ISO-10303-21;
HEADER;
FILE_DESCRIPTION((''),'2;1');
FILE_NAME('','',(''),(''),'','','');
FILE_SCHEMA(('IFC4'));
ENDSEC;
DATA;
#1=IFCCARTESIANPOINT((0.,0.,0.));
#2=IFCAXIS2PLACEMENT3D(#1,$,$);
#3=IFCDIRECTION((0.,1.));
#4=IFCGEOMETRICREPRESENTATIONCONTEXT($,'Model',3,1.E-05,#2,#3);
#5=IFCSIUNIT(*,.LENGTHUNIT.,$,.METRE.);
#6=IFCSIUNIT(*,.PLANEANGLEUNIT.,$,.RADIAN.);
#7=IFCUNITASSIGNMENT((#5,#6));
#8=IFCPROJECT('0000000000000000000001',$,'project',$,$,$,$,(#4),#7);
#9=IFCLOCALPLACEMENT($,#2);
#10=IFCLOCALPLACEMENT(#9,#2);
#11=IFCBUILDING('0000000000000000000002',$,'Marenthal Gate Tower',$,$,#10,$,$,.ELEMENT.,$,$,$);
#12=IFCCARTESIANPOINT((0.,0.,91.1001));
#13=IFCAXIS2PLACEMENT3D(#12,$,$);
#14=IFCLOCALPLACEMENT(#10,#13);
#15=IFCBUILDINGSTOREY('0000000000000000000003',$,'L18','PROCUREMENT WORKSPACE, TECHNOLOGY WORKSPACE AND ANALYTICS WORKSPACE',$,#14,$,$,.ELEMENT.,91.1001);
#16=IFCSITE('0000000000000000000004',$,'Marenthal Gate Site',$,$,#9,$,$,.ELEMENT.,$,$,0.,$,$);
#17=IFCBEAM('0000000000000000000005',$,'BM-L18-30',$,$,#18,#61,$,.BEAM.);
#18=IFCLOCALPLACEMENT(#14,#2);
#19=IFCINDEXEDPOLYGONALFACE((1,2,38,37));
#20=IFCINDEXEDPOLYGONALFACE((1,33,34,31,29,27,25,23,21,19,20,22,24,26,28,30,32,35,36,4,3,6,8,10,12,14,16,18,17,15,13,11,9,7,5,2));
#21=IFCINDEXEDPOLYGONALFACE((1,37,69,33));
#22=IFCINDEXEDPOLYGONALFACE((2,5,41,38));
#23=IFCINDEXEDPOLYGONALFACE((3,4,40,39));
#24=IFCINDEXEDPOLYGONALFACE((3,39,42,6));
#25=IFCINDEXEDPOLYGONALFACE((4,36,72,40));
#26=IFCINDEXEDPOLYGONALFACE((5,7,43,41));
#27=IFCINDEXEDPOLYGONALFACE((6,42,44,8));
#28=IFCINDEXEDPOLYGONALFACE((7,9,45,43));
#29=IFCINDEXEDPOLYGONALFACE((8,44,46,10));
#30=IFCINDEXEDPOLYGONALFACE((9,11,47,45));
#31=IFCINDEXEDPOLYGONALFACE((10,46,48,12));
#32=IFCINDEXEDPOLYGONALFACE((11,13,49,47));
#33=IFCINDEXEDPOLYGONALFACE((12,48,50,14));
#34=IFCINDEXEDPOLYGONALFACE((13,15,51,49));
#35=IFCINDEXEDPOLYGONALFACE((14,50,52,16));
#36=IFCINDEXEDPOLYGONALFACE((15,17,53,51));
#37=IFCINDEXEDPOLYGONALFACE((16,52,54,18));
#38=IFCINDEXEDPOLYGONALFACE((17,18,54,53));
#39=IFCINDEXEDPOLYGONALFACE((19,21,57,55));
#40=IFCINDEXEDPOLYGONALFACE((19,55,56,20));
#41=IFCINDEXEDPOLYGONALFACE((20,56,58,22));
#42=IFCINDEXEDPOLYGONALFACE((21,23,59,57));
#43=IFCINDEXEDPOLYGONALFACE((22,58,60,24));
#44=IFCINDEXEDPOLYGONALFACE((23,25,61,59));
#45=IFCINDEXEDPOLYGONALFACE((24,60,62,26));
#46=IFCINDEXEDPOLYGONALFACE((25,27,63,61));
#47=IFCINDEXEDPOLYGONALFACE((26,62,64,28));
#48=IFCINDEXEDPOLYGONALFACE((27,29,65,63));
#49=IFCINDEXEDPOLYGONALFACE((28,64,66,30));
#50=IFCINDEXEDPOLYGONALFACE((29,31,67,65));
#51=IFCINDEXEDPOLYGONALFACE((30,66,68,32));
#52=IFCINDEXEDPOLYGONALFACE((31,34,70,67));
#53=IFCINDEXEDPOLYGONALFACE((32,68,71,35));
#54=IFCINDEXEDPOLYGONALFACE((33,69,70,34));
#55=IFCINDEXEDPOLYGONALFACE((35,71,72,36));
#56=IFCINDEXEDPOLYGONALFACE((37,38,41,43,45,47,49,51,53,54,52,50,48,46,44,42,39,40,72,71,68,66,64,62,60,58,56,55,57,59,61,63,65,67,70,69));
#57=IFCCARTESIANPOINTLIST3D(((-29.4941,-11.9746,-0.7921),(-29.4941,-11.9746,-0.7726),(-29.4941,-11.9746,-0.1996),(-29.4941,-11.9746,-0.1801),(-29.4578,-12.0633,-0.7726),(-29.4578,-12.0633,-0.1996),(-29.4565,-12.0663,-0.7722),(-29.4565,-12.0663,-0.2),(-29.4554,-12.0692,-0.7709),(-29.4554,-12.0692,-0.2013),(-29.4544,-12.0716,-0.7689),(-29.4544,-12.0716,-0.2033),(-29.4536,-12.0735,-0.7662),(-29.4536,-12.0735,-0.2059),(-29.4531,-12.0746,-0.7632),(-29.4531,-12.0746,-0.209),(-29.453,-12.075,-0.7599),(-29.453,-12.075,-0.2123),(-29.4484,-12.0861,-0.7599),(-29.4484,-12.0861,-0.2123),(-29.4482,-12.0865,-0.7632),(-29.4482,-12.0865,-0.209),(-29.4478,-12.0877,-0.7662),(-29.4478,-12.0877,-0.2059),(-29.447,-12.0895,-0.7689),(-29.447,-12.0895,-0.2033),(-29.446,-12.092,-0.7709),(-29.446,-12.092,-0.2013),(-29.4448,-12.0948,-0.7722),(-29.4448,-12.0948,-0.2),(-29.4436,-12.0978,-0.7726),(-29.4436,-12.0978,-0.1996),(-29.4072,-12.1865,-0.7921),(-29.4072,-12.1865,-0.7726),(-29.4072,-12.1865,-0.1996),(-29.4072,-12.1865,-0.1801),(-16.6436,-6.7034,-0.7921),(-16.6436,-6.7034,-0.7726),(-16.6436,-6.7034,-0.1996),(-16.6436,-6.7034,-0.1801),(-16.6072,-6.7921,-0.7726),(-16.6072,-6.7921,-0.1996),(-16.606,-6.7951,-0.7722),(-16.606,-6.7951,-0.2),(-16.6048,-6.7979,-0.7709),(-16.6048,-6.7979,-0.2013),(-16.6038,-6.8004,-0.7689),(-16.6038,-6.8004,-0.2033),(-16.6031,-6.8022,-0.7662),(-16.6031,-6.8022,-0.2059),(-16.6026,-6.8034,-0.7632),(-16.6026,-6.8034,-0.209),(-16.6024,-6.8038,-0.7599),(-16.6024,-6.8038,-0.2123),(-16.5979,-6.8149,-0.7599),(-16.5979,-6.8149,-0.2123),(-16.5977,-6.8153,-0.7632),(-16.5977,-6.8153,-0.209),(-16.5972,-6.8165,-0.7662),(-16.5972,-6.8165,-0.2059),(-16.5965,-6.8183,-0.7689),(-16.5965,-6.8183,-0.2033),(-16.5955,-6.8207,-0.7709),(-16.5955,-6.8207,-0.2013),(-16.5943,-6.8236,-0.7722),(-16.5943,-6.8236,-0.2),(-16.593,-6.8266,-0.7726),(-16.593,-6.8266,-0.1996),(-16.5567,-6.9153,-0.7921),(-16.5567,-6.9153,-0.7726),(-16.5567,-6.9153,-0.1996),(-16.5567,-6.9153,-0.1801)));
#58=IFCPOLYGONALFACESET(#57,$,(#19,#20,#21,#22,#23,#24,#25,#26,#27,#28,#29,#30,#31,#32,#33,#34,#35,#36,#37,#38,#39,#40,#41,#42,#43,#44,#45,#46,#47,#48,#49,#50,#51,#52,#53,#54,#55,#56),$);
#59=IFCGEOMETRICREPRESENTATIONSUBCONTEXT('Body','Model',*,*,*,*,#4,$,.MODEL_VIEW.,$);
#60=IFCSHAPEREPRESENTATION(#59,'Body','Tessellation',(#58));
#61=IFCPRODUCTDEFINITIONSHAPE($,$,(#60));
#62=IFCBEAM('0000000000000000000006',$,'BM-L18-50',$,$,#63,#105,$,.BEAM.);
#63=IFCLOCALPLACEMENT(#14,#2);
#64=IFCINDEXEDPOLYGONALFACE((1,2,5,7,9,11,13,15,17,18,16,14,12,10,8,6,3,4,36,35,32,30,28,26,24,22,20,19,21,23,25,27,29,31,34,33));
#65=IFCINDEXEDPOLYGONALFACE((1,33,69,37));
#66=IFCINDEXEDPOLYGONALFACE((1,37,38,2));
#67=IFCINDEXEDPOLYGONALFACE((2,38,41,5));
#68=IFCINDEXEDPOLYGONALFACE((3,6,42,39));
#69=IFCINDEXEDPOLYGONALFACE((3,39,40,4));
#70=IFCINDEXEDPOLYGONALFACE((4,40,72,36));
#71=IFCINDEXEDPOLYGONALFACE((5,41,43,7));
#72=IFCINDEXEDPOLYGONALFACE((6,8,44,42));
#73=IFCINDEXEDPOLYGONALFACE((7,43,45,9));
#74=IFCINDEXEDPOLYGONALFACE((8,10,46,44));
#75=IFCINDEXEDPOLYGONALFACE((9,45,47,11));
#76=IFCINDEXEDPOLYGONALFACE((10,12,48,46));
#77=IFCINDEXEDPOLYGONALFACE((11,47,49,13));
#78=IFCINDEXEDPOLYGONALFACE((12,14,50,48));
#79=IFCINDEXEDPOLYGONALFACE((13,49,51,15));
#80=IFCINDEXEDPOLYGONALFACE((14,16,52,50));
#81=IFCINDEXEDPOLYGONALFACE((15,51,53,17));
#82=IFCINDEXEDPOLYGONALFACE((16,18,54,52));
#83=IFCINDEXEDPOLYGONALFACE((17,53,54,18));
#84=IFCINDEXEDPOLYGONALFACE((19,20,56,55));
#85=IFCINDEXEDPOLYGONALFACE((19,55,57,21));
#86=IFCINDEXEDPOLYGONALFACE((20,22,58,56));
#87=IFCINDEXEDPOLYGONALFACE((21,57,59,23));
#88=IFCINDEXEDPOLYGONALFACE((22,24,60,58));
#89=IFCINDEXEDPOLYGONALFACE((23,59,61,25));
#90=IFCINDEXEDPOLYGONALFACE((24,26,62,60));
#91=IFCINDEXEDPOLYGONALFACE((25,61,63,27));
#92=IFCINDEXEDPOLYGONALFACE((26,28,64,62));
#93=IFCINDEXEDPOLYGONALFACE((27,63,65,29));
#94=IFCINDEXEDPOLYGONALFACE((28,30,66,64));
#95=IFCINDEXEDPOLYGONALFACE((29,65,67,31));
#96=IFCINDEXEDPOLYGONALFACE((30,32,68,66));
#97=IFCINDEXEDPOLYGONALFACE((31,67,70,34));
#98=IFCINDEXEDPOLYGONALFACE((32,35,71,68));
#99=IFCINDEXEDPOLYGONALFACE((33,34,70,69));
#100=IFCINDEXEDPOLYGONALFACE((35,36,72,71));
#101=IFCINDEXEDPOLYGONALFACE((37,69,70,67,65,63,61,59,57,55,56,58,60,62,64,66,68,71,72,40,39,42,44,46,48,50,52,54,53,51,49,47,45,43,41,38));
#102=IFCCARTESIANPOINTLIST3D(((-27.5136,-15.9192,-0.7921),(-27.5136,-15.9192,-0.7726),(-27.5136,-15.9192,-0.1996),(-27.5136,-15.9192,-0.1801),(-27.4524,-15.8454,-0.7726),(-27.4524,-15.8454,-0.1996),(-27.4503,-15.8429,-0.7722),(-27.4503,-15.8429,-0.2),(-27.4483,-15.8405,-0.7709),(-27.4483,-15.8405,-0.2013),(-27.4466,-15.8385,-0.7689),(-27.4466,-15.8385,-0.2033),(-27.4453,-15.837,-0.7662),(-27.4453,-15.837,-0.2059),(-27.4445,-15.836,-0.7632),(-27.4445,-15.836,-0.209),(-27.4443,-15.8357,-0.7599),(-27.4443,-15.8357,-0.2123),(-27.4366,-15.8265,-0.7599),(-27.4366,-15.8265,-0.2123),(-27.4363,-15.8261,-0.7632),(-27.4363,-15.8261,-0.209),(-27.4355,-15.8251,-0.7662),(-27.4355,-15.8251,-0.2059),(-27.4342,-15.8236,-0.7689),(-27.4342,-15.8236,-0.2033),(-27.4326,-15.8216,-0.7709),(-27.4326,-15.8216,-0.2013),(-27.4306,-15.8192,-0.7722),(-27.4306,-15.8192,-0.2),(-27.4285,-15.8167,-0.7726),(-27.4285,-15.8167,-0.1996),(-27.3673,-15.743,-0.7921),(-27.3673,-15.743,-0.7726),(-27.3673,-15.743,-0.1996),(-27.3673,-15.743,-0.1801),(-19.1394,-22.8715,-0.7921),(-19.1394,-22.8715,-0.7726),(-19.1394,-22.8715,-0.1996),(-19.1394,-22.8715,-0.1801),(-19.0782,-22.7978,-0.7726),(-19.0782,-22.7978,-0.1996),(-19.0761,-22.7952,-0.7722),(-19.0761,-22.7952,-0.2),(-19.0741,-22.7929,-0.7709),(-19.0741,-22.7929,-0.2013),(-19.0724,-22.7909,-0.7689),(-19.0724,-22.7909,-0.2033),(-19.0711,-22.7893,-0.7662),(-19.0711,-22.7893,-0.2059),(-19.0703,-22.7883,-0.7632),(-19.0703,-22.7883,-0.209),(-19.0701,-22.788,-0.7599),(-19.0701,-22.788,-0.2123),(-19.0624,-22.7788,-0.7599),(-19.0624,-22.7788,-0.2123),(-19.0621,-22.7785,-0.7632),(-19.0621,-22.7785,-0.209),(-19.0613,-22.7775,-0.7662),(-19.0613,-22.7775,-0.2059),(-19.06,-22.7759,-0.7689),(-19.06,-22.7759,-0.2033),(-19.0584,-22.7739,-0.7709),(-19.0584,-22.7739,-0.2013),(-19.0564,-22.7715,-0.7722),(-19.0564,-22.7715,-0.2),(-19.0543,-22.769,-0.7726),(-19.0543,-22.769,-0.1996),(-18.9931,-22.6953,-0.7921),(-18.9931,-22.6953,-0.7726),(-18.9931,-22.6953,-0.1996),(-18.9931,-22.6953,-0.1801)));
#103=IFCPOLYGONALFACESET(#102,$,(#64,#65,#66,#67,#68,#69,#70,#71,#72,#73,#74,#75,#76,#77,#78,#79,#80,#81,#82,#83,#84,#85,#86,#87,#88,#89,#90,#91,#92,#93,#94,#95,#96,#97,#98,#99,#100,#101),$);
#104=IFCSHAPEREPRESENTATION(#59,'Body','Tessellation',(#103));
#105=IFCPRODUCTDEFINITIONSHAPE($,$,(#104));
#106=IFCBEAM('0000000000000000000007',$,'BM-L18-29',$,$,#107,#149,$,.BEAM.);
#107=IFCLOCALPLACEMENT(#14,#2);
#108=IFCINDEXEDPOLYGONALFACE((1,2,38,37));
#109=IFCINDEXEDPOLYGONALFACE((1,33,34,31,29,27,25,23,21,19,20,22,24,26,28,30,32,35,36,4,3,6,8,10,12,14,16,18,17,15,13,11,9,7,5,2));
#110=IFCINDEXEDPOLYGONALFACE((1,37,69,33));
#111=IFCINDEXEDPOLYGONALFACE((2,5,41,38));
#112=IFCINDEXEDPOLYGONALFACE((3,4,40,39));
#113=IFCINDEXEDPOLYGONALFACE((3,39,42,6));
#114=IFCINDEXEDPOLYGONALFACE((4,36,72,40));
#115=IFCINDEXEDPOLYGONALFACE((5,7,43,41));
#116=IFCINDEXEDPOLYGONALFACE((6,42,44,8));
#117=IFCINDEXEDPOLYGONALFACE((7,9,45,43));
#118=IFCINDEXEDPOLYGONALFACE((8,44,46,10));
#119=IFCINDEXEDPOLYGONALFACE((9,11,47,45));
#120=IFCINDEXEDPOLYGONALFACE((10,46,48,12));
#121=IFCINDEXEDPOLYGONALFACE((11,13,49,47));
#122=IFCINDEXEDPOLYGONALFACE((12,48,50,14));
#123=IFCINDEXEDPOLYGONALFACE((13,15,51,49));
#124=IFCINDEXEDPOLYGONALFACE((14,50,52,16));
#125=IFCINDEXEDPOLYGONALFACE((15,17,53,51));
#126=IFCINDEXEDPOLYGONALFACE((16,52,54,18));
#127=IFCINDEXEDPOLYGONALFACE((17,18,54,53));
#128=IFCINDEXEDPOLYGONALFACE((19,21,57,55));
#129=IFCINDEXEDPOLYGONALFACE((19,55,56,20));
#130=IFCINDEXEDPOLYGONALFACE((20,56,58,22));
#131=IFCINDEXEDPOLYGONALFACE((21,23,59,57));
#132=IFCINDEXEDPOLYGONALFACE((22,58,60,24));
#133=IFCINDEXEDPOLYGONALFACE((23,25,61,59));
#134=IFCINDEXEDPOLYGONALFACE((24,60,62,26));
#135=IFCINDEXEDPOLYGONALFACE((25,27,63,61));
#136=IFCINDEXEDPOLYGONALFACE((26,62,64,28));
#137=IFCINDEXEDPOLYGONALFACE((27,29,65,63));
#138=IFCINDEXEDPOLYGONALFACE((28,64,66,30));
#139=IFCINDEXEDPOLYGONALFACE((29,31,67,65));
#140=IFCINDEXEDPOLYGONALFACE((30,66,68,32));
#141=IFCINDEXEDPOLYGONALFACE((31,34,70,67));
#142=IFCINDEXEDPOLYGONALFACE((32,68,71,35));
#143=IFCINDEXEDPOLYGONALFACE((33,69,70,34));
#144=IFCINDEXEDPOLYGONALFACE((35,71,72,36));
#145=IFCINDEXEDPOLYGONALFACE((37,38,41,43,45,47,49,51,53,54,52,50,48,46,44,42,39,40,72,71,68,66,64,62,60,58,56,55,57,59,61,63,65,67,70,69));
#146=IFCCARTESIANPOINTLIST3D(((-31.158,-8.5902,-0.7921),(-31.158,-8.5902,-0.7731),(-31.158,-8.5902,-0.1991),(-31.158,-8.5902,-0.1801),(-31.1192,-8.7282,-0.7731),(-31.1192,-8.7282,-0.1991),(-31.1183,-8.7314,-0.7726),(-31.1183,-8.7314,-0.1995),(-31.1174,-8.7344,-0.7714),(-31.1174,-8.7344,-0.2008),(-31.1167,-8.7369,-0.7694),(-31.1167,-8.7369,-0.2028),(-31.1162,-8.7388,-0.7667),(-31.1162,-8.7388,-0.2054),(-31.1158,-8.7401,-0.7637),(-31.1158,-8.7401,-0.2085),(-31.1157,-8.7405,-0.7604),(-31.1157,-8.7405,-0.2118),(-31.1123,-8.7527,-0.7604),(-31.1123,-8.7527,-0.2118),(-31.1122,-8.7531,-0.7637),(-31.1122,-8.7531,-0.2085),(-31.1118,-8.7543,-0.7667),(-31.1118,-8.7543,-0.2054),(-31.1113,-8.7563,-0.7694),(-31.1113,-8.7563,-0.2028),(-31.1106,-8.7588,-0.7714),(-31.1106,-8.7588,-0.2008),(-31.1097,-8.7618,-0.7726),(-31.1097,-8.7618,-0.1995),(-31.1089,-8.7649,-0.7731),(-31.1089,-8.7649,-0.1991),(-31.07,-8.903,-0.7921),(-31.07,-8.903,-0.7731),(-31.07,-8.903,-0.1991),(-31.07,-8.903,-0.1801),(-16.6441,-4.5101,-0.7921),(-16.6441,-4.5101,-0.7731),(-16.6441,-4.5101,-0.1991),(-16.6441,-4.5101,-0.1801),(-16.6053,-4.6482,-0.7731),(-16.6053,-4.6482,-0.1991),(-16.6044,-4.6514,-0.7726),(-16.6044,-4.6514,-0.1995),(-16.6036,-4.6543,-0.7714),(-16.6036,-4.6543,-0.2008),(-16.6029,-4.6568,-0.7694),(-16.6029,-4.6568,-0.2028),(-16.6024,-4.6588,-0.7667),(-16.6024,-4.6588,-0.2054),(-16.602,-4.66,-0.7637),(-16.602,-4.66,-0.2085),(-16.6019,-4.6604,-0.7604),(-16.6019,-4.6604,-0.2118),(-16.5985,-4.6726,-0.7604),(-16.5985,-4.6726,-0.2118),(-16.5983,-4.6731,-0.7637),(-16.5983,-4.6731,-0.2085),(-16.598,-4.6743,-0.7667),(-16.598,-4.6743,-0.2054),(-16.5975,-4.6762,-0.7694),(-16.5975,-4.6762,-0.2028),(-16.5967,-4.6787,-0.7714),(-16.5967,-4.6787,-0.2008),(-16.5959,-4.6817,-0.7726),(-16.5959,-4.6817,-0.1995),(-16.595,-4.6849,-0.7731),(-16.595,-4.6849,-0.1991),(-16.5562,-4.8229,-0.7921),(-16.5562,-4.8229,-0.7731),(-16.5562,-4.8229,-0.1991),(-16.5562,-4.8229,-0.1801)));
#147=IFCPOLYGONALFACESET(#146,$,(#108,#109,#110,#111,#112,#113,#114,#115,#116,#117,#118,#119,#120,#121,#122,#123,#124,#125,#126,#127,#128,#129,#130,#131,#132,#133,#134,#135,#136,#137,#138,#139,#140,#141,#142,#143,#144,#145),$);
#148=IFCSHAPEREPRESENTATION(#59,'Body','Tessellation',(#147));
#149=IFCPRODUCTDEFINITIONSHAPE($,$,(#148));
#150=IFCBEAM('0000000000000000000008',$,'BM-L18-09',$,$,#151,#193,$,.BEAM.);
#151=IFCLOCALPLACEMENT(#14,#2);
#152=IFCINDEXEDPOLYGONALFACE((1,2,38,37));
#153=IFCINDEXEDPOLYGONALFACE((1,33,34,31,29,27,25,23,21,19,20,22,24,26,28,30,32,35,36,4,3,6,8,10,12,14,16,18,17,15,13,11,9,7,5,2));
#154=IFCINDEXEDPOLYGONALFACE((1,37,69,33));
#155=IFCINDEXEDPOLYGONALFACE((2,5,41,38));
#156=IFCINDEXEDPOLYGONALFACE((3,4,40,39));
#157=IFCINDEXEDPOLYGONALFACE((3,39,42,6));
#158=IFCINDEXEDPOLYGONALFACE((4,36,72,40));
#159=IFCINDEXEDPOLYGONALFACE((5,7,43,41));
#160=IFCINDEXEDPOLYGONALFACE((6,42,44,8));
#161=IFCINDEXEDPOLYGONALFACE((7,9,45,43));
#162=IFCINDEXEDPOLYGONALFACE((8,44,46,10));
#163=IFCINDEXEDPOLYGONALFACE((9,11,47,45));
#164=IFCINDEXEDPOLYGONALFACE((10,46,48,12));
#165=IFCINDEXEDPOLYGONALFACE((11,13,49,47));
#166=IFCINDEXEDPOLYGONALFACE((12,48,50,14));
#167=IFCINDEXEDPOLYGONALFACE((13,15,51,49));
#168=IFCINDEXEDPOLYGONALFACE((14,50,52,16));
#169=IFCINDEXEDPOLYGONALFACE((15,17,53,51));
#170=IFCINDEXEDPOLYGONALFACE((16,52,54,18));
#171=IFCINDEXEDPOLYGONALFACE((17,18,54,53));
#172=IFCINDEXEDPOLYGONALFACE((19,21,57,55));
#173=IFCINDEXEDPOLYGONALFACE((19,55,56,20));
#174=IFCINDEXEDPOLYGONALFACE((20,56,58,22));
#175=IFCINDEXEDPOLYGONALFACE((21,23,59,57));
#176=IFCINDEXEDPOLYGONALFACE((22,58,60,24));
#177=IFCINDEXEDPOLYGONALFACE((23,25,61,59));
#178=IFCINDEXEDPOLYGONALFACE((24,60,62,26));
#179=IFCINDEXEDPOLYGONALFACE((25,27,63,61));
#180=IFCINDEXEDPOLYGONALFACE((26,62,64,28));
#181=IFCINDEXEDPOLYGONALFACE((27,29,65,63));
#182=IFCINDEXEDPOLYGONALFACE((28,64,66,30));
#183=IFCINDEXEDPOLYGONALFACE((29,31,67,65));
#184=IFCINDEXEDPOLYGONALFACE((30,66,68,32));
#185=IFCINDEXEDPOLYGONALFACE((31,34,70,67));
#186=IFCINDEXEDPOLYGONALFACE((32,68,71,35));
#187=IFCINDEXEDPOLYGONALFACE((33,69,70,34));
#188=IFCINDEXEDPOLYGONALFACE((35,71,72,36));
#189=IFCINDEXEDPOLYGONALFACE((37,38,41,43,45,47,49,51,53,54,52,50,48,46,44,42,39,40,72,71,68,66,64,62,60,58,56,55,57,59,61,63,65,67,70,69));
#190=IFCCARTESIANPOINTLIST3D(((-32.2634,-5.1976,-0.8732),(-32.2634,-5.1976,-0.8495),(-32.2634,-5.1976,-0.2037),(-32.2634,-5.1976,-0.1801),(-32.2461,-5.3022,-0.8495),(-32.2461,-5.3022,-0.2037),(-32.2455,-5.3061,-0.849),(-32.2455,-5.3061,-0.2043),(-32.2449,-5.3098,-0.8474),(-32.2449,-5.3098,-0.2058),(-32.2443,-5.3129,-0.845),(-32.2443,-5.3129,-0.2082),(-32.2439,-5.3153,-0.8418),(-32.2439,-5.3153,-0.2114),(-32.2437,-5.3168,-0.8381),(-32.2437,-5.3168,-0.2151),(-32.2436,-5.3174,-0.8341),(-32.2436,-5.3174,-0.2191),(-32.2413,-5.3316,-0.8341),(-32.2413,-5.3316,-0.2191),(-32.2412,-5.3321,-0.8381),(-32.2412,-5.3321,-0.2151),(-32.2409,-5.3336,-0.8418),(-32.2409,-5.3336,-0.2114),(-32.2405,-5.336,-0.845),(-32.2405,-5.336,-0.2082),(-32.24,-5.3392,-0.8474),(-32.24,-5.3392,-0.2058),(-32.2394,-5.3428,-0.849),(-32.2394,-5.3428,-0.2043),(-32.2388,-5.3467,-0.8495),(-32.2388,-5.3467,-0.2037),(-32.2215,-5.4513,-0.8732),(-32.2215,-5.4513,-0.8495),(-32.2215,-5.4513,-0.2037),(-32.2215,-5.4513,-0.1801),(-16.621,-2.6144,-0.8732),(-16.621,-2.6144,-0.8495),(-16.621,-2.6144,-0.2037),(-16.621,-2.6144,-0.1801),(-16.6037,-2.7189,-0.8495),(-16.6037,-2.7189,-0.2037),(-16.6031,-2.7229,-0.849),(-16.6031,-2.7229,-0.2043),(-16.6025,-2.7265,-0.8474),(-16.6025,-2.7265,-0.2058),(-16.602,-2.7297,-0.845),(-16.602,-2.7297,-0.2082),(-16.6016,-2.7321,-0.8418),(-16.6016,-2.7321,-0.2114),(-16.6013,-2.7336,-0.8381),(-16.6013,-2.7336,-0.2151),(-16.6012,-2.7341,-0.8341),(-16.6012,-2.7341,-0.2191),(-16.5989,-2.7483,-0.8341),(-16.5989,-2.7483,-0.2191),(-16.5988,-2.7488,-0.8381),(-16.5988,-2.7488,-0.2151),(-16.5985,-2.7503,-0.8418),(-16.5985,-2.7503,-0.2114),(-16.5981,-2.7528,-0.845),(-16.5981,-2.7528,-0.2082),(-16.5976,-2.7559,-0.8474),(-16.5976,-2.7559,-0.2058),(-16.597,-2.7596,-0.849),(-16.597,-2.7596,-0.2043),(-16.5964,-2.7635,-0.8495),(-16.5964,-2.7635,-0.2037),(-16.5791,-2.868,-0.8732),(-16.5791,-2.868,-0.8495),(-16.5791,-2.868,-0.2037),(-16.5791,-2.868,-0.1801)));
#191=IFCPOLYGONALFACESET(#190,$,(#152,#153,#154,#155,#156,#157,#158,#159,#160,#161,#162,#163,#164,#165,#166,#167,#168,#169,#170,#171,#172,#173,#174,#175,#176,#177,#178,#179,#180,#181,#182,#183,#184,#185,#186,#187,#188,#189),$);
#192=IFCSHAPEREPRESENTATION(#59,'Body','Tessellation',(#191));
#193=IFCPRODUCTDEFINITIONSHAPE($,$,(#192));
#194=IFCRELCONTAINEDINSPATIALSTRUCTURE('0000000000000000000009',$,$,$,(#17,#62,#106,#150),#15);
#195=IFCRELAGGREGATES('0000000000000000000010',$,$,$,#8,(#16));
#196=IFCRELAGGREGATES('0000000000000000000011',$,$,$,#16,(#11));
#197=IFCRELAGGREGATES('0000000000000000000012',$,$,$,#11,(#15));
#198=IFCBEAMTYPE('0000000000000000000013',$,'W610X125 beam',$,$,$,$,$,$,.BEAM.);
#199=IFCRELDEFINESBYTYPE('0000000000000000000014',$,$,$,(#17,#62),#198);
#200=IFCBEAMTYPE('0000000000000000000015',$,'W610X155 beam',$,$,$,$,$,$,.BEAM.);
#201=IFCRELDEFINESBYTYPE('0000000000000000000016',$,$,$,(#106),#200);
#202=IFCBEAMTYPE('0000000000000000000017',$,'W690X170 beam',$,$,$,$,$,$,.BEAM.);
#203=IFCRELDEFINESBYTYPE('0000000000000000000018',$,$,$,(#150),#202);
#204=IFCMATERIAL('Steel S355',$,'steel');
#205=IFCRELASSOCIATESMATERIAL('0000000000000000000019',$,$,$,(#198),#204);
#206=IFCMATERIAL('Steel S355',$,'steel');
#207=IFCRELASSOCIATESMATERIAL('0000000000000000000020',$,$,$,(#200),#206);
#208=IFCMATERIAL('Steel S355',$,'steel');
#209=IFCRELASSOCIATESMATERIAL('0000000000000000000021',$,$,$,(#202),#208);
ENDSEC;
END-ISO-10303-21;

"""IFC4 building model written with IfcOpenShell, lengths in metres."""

from ifc_helpers import new_model, si_unit, direction, frame, origin, origin_2d, place, context, subcontext, project, spatial, i_section, extrude, material, material_profile, profile_set, type_object, element, save


model = new_model("IFC4")

# Units and contexts
model_context = context("Model", 3, precision=1e-05, world=origin(), true_north=direction((0.0, 1.0)))
body_context = subcontext(model_context, "Body", "Model", "MODEL_VIEW")
ifc_project = project(units=[si_unit("LENGTHUNIT", "METRE"), si_unit("PLANEANGLEUNIT", "RADIAN")], contexts=[model_context])

# Site, building, storey
site_placement = place(None, origin())
site = spatial("IfcSite", under=ifc_project, at=site_placement, Name="Marenthal Gate Site", CompositionType="ELEMENT", RefElevation=0.0)
building_placement = place(site_placement, origin())
building = spatial("IfcBuilding", under=site, at=building_placement, Name="Marenthal Gate Tower", CompositionType="ELEMENT")
storey_placement = place(building_placement, frame((0.0, 0.0, 91.1001)))
storey = spatial("IfcBuildingStorey", under=building, at=storey_placement, Name="L18", Description="PROCUREMENT WORKSPACE, TECHNOLOGY WORKSPACE AND ANALYTICS WORKSPACE", CompositionType="ELEMENT", Elevation=91.1001)

# Beams
ifc_material_1 = material(Name="Steel S355", Category="steel")
ifc_material_profile_1 = material_profile(ifc_material_1, i_section(OverallWidth=0.229, OverallDepth=0.6121, WebThickness=0.012, FlangeThickness=0.0195, FilletRadius=0.0127, at=origin_2d()), Name="W610X125")
ifc_profile_set_1 = profile_set([ifc_material_profile_1], Name="Steel S355")
beam_type_1 = type_object("IfcBeamType", Name="W610X125 beam", PredefinedType="BEAM", material=ifc_profile_set_1)
beam_1_placement = place(storey_placement, frame((-29.4507, -12.0806, -0.4861), z_axis=(0.925189, 0.379507, 0.0), x_axis=(-0.379507, 0.925189, 0.0)))
element("IfcBeam", 1, at=beam_1_placement, inside=storey, type_object=beam_type_1, Name="BM-L18-30", PredefinedType="BEAM", context=body_context, shape_type="SweptSolid", body=[
    extrude(i_section(OverallWidth=0.229, OverallDepth=0.6121, WebThickness=0.012, FlangeThickness=0.0195, FilletRadius=0.0127, at=origin_2d()), origin(), (0.0, 0.0, 1.0), 13.8896),
])
beam_2_placement = place(storey_placement, frame((-27.4404, -15.8311, -0.4861), z_axis=(0.769402, -0.638765, 0.0), x_axis=(0.638765, 0.769402, 0.0)))
element("IfcBeam", 2, at=beam_2_placement, inside=storey, type_object=beam_type_1, Name="BM-L18-50", PredefinedType="BEAM", context=body_context, shape_type="SweptSolid", body=[
    extrude(i_section(OverallWidth=0.229, OverallDepth=0.6121, WebThickness=0.012, FlangeThickness=0.0195, FilletRadius=0.0127, at=origin_2d()), origin(), (0.0, 0.0, 1.0), 10.884),
])
ifc_material_2 = material(Name="Steel S355", Category="steel")
ifc_material_profile_2 = material_profile(ifc_material_2, i_section(OverallWidth=0.325, OverallDepth=0.6121, WebThickness=0.0127, FlangeThickness=0.019, FilletRadius=0.0127, at=origin_2d()), Name="W610X155")
ifc_profile_set_2 = profile_set([ifc_material_profile_2], Name="Steel S355")
beam_type_2 = type_object("IfcBeamType", Name="W610X155 beam", PredefinedType="BEAM", material=ifc_profile_set_2)
beam_3_placement = place(storey_placement, frame((-31.114, -8.7466, -0.4861), z_axis=(0.962685, 0.270625, 0.0), x_axis=(-0.270625, 0.962685, 0.0)))
element("IfcBeam", 3, at=beam_3_placement, inside=storey, type_object=beam_type_2, Name="BM-L18-29", PredefinedType="BEAM", context=body_context, shape_type="SweptSolid", body=[
    extrude(i_section(OverallWidth=0.325, OverallDepth=0.6121, WebThickness=0.0127, FlangeThickness=0.019, FilletRadius=0.0127, at=origin_2d()), origin(), (0.0, 0.0, 1.0), 15.0764),
])
ifc_material_3 = material(Name="Steel S355", Category="steel")
ifc_material_profile_3 = material_profile(ifc_material_3, i_section(OverallWidth=0.2571, OverallDepth=0.6931, WebThickness=0.0144, FlangeThickness=0.0237, FilletRadius=0.0154, at=origin_2d()), Name="W690X170")
ifc_profile_set_3 = profile_set([ifc_material_profile_3], Name="Steel S355")
beam_type_3 = type_object("IfcBeamType", Name="W690X170 beam", PredefinedType="BEAM", material=ifc_profile_set_3)
beam_4_placement = place(storey_placement, frame((-32.2424, -5.3245, -0.5266), z_axis=(0.986636, 0.162938, 0.0), x_axis=(-0.162938, 0.986636, 0.0)))
element("IfcBeam", 4, at=beam_4_placement, inside=storey, type_object=beam_type_3, Name="BM-L18-09", PredefinedType="BEAM", context=body_context, shape_type="SweptSolid", body=[
    extrude(i_section(OverallWidth=0.2571, OverallDepth=0.6931, WebThickness=0.0144, FlangeThickness=0.0237, FilletRadius=0.0154, at=origin_2d()), origin(), (0.0, 0.0, 1.0), 15.8542),
])

save(model, "model.ifc")
